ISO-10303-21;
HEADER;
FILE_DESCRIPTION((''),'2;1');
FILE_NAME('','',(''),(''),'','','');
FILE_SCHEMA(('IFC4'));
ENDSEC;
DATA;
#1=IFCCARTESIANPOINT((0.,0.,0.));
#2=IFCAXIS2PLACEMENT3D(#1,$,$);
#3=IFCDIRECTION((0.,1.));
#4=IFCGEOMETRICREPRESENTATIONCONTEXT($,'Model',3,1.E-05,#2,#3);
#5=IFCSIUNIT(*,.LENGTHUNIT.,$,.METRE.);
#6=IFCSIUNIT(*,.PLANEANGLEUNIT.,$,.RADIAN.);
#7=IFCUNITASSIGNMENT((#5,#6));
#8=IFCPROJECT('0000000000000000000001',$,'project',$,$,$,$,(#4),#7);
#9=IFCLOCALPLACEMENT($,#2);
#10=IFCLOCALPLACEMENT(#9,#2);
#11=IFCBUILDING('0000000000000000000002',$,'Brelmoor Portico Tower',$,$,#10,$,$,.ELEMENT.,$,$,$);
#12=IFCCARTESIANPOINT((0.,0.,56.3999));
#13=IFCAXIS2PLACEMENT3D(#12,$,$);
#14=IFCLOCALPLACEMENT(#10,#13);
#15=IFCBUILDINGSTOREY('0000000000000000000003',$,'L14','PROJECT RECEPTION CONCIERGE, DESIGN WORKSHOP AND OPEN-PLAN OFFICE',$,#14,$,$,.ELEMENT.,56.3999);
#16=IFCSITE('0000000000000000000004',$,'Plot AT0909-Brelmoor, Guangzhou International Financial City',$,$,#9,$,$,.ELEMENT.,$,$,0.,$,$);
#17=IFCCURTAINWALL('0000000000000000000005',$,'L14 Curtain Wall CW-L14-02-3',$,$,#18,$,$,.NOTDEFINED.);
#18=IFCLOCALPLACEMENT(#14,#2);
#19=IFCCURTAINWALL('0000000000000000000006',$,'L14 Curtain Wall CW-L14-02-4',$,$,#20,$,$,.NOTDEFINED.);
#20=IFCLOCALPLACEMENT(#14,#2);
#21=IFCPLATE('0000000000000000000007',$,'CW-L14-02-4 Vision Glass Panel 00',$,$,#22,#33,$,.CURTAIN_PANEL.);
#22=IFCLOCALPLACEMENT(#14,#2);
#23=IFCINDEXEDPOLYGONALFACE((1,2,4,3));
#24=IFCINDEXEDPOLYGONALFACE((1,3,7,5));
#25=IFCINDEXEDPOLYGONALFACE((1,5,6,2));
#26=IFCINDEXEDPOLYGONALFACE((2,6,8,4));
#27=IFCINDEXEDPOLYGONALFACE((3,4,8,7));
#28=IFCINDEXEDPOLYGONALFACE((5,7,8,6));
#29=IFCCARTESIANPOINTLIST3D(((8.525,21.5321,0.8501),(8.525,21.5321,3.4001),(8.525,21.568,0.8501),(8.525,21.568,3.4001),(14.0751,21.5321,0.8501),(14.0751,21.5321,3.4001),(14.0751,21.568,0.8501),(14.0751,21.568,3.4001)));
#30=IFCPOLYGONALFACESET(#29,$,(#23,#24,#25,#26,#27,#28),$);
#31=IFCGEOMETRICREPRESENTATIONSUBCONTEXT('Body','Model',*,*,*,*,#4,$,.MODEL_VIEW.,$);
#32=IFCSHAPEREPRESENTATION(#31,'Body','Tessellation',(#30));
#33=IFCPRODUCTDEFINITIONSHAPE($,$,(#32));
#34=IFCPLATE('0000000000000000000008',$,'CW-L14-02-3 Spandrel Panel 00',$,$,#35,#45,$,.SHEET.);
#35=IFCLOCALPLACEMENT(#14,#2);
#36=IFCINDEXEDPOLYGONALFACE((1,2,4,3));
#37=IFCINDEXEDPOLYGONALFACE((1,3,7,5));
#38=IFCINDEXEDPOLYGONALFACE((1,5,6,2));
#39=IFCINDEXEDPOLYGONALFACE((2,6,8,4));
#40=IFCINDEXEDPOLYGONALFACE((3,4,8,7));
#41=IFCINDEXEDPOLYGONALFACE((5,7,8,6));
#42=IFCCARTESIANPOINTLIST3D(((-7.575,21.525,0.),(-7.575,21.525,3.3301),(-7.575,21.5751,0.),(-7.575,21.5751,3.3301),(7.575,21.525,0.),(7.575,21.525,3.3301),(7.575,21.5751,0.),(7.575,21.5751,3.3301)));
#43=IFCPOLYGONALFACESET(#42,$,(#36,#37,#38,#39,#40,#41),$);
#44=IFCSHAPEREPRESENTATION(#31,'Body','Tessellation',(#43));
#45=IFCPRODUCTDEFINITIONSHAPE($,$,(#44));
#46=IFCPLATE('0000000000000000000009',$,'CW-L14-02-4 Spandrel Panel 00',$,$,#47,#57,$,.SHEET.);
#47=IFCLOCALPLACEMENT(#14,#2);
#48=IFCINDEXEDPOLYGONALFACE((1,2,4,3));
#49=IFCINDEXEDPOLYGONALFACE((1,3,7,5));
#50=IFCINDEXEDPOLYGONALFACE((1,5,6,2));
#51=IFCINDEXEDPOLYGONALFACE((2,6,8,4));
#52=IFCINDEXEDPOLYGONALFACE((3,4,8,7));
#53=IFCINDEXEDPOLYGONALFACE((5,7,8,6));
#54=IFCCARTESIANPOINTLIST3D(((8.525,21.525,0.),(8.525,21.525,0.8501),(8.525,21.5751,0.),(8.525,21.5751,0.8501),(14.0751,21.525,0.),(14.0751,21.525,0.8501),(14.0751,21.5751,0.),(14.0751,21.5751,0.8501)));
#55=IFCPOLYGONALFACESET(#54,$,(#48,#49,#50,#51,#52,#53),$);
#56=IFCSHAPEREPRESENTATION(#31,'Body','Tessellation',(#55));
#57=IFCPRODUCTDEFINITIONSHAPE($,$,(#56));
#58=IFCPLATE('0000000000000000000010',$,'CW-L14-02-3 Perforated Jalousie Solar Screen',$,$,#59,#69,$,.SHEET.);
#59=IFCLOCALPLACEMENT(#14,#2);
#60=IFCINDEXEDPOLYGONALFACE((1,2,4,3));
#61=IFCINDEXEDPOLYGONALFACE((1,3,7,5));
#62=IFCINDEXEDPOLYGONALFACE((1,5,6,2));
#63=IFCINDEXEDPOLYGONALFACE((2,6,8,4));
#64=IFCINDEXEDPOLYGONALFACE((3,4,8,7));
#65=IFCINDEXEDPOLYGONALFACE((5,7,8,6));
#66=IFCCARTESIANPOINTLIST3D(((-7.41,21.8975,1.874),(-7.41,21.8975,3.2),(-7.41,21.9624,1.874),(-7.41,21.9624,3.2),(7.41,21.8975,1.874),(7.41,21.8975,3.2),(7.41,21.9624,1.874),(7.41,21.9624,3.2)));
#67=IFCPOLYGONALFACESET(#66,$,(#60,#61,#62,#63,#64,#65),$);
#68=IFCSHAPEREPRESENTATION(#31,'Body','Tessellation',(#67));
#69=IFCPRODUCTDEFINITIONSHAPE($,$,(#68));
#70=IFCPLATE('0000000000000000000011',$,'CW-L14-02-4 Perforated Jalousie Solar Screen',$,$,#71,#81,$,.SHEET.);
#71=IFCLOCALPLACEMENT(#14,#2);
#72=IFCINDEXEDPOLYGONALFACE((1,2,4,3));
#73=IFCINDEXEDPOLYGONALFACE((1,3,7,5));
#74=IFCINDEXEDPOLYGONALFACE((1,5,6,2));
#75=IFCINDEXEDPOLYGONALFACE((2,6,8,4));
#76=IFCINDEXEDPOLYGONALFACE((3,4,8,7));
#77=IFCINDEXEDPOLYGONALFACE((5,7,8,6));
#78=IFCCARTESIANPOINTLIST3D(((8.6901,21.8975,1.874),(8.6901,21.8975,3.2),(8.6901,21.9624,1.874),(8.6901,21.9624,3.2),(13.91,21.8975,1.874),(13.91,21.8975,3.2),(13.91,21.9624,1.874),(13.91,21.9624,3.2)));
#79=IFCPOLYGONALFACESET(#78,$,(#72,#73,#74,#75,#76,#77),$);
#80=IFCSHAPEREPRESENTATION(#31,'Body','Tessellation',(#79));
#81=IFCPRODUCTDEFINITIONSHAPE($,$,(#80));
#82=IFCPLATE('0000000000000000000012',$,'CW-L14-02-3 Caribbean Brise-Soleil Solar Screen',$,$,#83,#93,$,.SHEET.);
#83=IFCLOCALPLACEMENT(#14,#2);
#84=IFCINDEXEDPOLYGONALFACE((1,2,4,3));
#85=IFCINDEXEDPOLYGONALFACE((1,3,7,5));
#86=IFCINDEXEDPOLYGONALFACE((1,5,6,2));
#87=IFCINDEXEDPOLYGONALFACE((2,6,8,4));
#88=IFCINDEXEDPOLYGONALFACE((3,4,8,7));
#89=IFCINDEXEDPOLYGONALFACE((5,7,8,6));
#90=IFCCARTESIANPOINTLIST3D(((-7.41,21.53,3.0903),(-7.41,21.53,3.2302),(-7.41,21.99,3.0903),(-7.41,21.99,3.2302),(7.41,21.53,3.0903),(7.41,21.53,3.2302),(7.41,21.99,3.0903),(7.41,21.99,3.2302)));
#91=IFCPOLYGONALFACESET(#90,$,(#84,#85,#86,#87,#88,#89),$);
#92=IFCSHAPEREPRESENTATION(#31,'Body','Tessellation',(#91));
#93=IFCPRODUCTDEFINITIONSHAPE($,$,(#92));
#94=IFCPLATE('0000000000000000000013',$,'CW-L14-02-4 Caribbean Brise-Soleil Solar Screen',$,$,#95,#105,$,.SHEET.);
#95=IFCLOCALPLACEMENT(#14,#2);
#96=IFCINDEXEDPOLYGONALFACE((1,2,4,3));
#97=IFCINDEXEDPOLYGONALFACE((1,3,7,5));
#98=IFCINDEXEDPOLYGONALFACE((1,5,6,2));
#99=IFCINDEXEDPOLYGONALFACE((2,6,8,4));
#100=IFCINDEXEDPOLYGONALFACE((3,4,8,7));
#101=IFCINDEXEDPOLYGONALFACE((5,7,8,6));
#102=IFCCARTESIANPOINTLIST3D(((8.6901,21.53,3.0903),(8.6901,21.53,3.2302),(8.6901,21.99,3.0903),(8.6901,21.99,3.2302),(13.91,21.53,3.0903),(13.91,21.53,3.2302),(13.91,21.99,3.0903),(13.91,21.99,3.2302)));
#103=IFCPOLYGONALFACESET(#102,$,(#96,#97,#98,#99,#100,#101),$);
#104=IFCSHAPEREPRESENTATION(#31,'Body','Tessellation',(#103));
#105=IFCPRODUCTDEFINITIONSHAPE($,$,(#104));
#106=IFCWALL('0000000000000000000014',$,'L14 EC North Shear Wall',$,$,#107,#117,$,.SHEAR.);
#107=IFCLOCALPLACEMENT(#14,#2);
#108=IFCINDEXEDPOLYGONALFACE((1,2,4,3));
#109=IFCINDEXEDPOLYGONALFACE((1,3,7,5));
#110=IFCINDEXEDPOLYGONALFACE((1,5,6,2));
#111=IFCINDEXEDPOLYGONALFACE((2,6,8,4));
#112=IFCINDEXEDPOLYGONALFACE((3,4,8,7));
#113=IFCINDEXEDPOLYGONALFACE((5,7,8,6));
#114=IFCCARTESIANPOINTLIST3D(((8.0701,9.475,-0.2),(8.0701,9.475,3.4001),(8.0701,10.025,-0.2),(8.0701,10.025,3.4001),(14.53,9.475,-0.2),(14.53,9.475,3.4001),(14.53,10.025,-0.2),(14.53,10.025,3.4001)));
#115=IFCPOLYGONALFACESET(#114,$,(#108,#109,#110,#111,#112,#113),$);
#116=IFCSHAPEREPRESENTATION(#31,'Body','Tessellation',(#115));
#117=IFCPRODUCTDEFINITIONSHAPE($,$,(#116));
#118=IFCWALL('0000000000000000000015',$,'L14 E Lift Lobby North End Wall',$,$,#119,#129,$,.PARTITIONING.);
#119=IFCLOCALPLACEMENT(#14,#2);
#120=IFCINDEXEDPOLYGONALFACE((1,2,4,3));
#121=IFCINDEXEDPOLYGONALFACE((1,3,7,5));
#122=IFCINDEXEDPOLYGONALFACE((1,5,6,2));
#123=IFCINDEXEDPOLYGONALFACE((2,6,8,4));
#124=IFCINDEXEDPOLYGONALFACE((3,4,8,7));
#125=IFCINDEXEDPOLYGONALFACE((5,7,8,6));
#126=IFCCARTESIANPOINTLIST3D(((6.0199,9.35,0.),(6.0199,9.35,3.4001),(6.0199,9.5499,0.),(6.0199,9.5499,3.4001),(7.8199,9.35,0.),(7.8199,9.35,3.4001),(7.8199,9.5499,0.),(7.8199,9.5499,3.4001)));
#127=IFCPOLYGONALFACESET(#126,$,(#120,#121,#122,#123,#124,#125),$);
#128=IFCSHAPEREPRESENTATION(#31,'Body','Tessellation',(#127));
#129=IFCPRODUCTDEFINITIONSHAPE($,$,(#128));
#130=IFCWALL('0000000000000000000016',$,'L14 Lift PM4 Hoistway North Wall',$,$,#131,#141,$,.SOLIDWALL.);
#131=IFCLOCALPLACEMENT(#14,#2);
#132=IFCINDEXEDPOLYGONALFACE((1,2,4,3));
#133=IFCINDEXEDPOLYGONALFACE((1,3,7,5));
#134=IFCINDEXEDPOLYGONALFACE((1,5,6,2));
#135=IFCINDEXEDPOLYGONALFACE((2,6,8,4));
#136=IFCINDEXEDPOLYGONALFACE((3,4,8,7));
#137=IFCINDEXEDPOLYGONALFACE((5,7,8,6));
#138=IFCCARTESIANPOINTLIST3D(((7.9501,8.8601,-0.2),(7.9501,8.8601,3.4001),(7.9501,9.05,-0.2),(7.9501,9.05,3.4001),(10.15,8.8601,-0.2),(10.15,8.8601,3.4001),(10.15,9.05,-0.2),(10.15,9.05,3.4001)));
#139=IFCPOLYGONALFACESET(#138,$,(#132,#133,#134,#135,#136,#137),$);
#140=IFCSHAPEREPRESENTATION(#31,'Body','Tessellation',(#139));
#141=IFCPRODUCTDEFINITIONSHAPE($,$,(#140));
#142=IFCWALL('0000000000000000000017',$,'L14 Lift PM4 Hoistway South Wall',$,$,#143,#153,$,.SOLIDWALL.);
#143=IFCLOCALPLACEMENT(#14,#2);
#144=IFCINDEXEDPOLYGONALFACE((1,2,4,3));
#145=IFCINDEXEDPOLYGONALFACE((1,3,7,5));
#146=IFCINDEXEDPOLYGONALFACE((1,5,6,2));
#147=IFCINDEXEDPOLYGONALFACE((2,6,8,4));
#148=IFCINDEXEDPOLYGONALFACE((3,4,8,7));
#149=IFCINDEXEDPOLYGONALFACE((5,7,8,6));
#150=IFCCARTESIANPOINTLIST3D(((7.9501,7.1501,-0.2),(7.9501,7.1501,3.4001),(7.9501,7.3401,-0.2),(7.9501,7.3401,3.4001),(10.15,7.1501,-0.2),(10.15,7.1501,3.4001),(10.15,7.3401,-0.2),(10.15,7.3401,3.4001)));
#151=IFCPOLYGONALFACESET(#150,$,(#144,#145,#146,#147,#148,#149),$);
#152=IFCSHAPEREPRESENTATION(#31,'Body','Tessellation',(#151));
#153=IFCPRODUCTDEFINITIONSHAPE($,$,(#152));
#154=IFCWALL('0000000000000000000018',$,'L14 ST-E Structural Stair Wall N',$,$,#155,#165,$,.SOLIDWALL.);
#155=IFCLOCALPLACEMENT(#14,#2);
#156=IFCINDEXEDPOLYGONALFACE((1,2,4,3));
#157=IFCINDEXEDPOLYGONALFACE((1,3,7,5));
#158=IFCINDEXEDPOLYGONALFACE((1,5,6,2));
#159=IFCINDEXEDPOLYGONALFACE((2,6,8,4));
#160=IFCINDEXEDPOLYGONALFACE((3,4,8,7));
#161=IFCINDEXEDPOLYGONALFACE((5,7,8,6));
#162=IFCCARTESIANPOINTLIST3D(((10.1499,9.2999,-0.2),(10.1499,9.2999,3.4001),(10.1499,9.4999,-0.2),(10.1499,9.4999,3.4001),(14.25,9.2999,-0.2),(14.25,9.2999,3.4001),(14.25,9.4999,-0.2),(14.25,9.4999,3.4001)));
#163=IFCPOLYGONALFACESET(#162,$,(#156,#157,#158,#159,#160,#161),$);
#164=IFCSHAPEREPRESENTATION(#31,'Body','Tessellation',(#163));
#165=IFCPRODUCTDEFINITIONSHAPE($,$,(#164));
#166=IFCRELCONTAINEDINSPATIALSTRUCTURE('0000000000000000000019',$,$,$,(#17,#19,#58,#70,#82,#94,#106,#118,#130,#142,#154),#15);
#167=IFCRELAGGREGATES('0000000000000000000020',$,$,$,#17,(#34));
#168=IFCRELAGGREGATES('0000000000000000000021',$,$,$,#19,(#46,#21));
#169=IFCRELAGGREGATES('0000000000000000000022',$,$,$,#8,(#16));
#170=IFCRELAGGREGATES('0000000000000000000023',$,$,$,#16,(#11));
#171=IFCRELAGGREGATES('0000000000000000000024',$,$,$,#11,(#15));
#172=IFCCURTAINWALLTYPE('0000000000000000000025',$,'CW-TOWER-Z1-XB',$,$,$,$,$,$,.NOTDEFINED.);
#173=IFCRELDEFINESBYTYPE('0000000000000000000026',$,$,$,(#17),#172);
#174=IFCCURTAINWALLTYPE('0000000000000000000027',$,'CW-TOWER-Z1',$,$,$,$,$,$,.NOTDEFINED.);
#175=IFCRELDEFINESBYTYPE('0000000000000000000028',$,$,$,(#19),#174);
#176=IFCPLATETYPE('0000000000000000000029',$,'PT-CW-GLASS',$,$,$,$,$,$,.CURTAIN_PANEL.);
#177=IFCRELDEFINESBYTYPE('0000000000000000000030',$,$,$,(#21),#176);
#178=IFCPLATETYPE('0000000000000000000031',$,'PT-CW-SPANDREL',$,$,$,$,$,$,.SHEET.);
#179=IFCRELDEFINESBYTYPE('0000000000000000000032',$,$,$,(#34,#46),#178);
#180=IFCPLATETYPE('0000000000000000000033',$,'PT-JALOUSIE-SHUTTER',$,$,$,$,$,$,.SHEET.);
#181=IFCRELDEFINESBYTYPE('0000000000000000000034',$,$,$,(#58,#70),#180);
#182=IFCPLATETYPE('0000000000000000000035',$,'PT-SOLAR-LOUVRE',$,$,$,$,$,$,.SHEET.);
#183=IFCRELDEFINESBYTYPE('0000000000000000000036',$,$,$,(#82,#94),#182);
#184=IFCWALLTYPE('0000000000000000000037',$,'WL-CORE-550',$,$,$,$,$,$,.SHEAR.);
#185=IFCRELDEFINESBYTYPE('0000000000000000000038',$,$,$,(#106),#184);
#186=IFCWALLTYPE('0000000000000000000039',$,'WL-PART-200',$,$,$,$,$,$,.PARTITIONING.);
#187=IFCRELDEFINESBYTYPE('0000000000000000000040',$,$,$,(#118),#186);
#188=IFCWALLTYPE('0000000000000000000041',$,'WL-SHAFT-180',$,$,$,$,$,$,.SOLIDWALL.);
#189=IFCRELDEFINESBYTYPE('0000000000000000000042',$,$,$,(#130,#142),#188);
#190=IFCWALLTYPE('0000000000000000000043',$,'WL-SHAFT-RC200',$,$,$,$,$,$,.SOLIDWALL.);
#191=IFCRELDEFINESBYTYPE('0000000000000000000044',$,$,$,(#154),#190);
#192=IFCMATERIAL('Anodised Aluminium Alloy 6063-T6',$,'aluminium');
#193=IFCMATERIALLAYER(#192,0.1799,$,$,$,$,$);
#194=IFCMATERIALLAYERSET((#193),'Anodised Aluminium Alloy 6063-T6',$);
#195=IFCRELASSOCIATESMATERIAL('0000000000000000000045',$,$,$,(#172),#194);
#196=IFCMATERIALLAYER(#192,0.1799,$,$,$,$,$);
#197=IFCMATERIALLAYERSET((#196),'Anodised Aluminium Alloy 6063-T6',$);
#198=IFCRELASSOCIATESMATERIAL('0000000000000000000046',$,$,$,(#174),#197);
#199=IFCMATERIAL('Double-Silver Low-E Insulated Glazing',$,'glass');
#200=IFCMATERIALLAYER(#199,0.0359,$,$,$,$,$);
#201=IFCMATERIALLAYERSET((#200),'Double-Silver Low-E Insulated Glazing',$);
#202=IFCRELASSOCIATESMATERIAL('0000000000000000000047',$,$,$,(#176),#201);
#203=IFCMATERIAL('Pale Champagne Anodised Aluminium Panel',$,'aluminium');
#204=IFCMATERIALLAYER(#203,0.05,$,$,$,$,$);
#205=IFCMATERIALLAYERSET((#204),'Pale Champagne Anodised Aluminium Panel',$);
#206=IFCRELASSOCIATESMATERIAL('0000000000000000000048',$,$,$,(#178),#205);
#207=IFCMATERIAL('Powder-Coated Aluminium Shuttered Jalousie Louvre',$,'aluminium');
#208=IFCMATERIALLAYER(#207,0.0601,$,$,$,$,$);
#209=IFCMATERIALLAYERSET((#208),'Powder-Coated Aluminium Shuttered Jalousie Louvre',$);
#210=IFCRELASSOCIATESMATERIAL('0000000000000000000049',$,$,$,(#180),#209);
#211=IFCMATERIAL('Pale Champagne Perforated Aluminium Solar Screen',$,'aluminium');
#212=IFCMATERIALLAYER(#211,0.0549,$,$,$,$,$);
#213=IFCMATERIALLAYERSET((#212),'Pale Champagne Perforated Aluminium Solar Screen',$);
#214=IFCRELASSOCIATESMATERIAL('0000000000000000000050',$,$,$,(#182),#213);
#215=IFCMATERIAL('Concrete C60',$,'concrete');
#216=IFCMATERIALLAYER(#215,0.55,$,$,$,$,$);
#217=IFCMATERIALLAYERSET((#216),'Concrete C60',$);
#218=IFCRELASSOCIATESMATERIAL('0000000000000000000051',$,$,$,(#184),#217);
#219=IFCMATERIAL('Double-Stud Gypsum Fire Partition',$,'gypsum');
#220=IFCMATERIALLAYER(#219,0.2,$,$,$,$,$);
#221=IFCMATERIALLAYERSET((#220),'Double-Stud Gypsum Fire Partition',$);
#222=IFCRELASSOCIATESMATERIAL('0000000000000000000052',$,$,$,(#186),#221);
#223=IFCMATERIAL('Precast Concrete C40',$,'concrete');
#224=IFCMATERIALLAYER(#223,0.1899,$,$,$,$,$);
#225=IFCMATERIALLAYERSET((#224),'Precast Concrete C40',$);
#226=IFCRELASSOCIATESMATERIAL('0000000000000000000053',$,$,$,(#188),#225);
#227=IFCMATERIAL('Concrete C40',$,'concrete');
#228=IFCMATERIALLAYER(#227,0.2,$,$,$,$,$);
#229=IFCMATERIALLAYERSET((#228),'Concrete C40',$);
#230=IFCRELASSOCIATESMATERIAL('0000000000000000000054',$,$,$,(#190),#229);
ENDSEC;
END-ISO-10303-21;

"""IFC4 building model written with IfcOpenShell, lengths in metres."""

from ifc_helpers import new_model, si_unit, direction, frame, frame_2d, origin, origin_2d, place, context, subcontext, project, spatial, rectangle, extrude, material, layer, layer_set, type_object, element, aggregate, save


model = new_model("IFC4")

# Units and contexts
model_context = context("Model", 3, precision=1e-05, world=origin(), true_north=direction((0.0, 1.0)))
body_context = subcontext(model_context, "Body", "Model", "MODEL_VIEW")
ifc_project = project(units=[si_unit("LENGTHUNIT", "METRE"), si_unit("PLANEANGLEUNIT", "RADIAN")], contexts=[model_context])

# Site, building, storey
site_placement = place(None, origin())
site = spatial("IfcSite", under=ifc_project, at=site_placement, Name="Plot AT0909-Brelmoor, Guangzhou International Financial City", CompositionType="ELEMENT", RefElevation=0.0)
building_placement = place(site_placement, origin())
building = spatial("IfcBuilding", under=site, at=building_placement, Name="Brelmoor Portico Tower", CompositionType="ELEMENT")
storey_placement = place(building_placement, frame((0.0, 0.0, 56.3999)))
storey = spatial("IfcBuildingStorey", under=building, at=storey_placement, Name="L14", Description="PROJECT RECEPTION CONCIERGE, DESIGN WORKSHOP AND OPEN-PLAN OFFICE", CompositionType="ELEMENT", Elevation=56.3999)

# Curtain wall
ifc_material_1 = material(Name="Anodised Aluminium Alloy 6063-T6", Category="aluminium")
ifc_layer_1 = layer(ifc_material_1, 0.1799)
ifc_layer_set_1 = layer_set([ifc_layer_1], Name="Anodised Aluminium Alloy 6063-T6")
curtain_wall_type_1 = type_object("IfcCurtainWallType", Name="CW-TOWER-Z1-XB", PredefinedType="NOTDEFINED", material=ifc_layer_set_1)
curtain_wall_1_placement = place(storey_placement, origin())
curtain_wall_1 = element("IfcCurtainWall", 1, at=curtain_wall_1_placement, inside=storey, type_object=curtain_wall_type_1, Name="L14 Curtain Wall CW-L14-02-3", PredefinedType="NOTDEFINED")

# Curtain wall
ifc_layer_2 = layer(ifc_material_1, 0.1799)
ifc_layer_set_2 = layer_set([ifc_layer_2], Name="Anodised Aluminium Alloy 6063-T6")
curtain_wall_type_2 = type_object("IfcCurtainWallType", Name="CW-TOWER-Z1", PredefinedType="NOTDEFINED", material=ifc_layer_set_2)
curtain_wall_2_placement = place(storey_placement, origin())
curtain_wall_2 = element("IfcCurtainWall", 2, at=curtain_wall_2_placement, inside=storey, type_object=curtain_wall_type_2, Name="L14 Curtain Wall CW-L14-02-4", PredefinedType="NOTDEFINED")

# Plates
ifc_material_2 = material(Name="Double-Silver Low-E Insulated Glazing", Category="glass")
ifc_layer_3 = layer(ifc_material_2, 0.0359)
ifc_layer_set_3 = layer_set([ifc_layer_3], Name="Double-Silver Low-E Insulated Glazing")
plate_type_1 = type_object("IfcPlateType", Name="PT-CW-GLASS", PredefinedType="CURTAIN_PANEL", material=ifc_layer_set_3)
plate_1_placement = place(storey_placement, frame((11.3, 21.55, 0.8501), z_axis=(0.0, 0.0, 1.0), x_axis=(1.0, 0.0, 0.0)))
plate_1 = element("IfcPlate", 3, at=plate_1_placement, type_object=plate_type_1, Name="CW-L14-02-4 Vision Glass Panel 00", PredefinedType="CURTAIN_PANEL", context=body_context, shape_type="SweptSolid", body=[
    extrude(rectangle(XDim=5.55, YDim=0.0359, at=origin_2d()), origin(), (0.0, 0.0, 1.0), 2.55),
])
ifc_material_3 = material(Name="Pale Champagne Anodised Aluminium Panel", Category="aluminium")
ifc_layer_4 = layer(ifc_material_3, 0.05)
ifc_layer_set_4 = layer_set([ifc_layer_4], Name="Pale Champagne Anodised Aluminium Panel")
plate_type_2 = type_object("IfcPlateType", Name="PT-CW-SPANDREL", PredefinedType="SHEET", material=ifc_layer_set_4)
plate_2_placement = place(storey_placement, frame((0.0, 21.55, 0.0), z_axis=(0.0, 0.0, 1.0), x_axis=(1.0, 0.0, 0.0)))
plate_2 = element("IfcPlate", 4, at=plate_2_placement, type_object=plate_type_2, Name="CW-L14-02-3 Spandrel Panel 00", PredefinedType="SHEET", context=body_context, shape_type="SweptSolid", body=[
    extrude(rectangle(XDim=15.1499, YDim=0.05, at=origin_2d()), origin(), (0.0, 0.0, 1.0), 3.3301),
])
aggregate(curtain_wall_1, [plate_2])
plate_3_placement = place(storey_placement, frame((11.3, 21.55, 0.0), z_axis=(0.0, 0.0, 1.0), x_axis=(1.0, 0.0, 0.0)))
plate_3 = element("IfcPlate", 5, at=plate_3_placement, type_object=plate_type_2, Name="CW-L14-02-4 Spandrel Panel 00", PredefinedType="SHEET", context=body_context, shape_type="SweptSolid", body=[
    extrude(rectangle(XDim=5.55, YDim=0.05, at=origin_2d()), origin(), (0.0, 0.0, 1.0), 0.8501),
])
aggregate(curtain_wall_2, [plate_3, plate_1])

# Plates
ifc_material_4 = material(Name="Powder-Coated Aluminium Shuttered Jalousie Louvre", Category="aluminium")
ifc_layer_5 = layer(ifc_material_4, 0.0601)
ifc_layer_set_5 = layer_set([ifc_layer_5], Name="Powder-Coated Aluminium Shuttered Jalousie Louvre")
plate_type_3 = type_object("IfcPlateType", Name="PT-JALOUSIE-SHUTTER", PredefinedType="SHEET", material=ifc_layer_set_5)
plate_4_placement = place(storey_placement, frame((0.0, 21.9299, 1.874), z_axis=(0.0, 0.0, 1.0), x_axis=(1.0, 0.0, 0.0)))
element("IfcPlate", 6, at=plate_4_placement, inside=storey, type_object=plate_type_3, Name="CW-L14-02-3 Perforated Jalousie Solar Screen", PredefinedType="SHEET", context=body_context, shape_type="SweptSolid", body=[
    extrude(rectangle(XDim=14.8201, YDim=0.0649, at=origin_2d()), origin(), (0.0, 0.0, 1.0), 1.3259),
])
plate_5_placement = place(storey_placement, frame((11.3, 21.9299, 1.874), z_axis=(0.0, 0.0, 1.0), x_axis=(1.0, 0.0, 0.0)))
element("IfcPlate", 7, at=plate_5_placement, inside=storey, type_object=plate_type_3, Name="CW-L14-02-4 Perforated Jalousie Solar Screen", PredefinedType="SHEET", context=body_context, shape_type="SweptSolid", body=[
    extrude(rectangle(XDim=5.22, YDim=0.0649, at=origin_2d()), origin(), (0.0, 0.0, 1.0), 1.3259),
])
ifc_material_5 = material(Name="Pale Champagne Perforated Aluminium Solar Screen", Category="aluminium")
ifc_layer_6 = layer(ifc_material_5, 0.0549)
ifc_layer_set_6 = layer_set([ifc_layer_6], Name="Pale Champagne Perforated Aluminium Solar Screen")
plate_type_4 = type_object("IfcPlateType", Name="PT-SOLAR-LOUVRE", PredefinedType="SHEET", material=ifc_layer_set_6)
plate_6_placement = place(storey_placement, frame((0.0, 21.76, 3.0903), z_axis=(0.0, 0.0, 1.0), x_axis=(1.0, 0.0, 0.0)))
element("IfcPlate", 8, at=plate_6_placement, inside=storey, type_object=plate_type_4, Name="CW-L14-02-3 Caribbean Brise-Soleil Solar Screen", PredefinedType="SHEET", context=body_context, shape_type="SweptSolid", body=[
    extrude(rectangle(XDim=14.8201, YDim=0.46, at=origin_2d()), origin(), (0.0, 0.0, 1.0), 0.1399),
])
plate_7_placement = place(storey_placement, frame((11.3, 21.76, 3.0903), z_axis=(0.0, 0.0, 1.0), x_axis=(1.0, 0.0, 0.0)))
element("IfcPlate", 9, at=plate_7_placement, inside=storey, type_object=plate_type_4, Name="CW-L14-02-4 Caribbean Brise-Soleil Solar Screen", PredefinedType="SHEET", context=body_context, shape_type="SweptSolid", body=[
    extrude(rectangle(XDim=5.22, YDim=0.46, at=origin_2d()), origin(), (0.0, 0.0, 1.0), 0.1399),
])

# Walls
ifc_material_6 = material(Name="Concrete C60", Category="concrete")
ifc_layer_7 = layer(ifc_material_6, 0.55)
ifc_layer_set_7 = layer_set([ifc_layer_7], Name="Concrete C60")
wall_type_1 = type_object("IfcWallType", Name="WL-CORE-550", PredefinedType="SHEAR", material=ifc_layer_set_7)
wall_1_placement = place(storey_placement, frame((8.0701, 9.75, -0.2), z_axis=(0.0, 0.0, 1.0), x_axis=(1.0, 0.0, 0.0)))
element("IfcWall", 10, at=wall_1_placement, inside=storey, type_object=wall_type_1, Name="L14 EC North Shear Wall", PredefinedType="SHEAR", context=body_context, shape_type="SweptSolid", body=[
    extrude(rectangle(XDim=6.46, YDim=0.55, at=frame_2d((3.23, 0.0))), origin(), (0.0, 0.0, 1.0), 3.6001),
])
ifc_material_7 = material(Name="Double-Stud Gypsum Fire Partition", Category="gypsum")
ifc_layer_8 = layer(ifc_material_7, 0.2)
ifc_layer_set_8 = layer_set([ifc_layer_8], Name="Double-Stud Gypsum Fire Partition")
wall_type_2 = type_object("IfcWallType", Name="WL-PART-200", PredefinedType="PARTITIONING", material=ifc_layer_set_8)
wall_2_placement = place(storey_placement, frame((6.02, 9.45, 0.0), z_axis=(0.0, 0.0, 1.0), x_axis=(1.0, 0.0, 0.0)))
element("IfcWall", 11, at=wall_2_placement, inside=storey, type_object=wall_type_2, Name="L14 E Lift Lobby North End Wall", PredefinedType="PARTITIONING", context=body_context, shape_type="SweptSolid", body=[
    extrude(rectangle(XDim=1.8, YDim=0.2, at=frame_2d((0.8999, 0.0))), origin(), (0.0, 0.0, 1.0), 3.4001),
])
ifc_material_8 = material(Name="Precast Concrete C40", Category="concrete")
ifc_layer_9 = layer(ifc_material_8, 0.1899)
ifc_layer_set_9 = layer_set([ifc_layer_9], Name="Precast Concrete C40")
wall_type_3 = type_object("IfcWallType", Name="WL-SHAFT-180", PredefinedType="SOLIDWALL", material=ifc_layer_set_9)
for number, where, z_axis, x_axis, name in (
    (12, (7.95, 8.9551, -0.2), (0.0, 0.0, 1.0), (1.0, 0.0, 0.0), "L14 Lift PM4 Hoistway North Wall"),
    (13, (7.95, 7.2451, -0.2), (0.0, 0.0, 1.0), (1.0, 0.0, 0.0), "L14 Lift PM4 Hoistway South Wall"),
):
    element("IfcWall", number, at=place(storey_placement, frame(where, z_axis=z_axis, x_axis=x_axis)), inside=storey, type_object=wall_type_3, Name=name, PredefinedType="SOLIDWALL", context=body_context, shape_type="SweptSolid", body=[
        extrude(rectangle(XDim=2.2, YDim=0.1899, at=frame_2d((1.1001, 0.0))), origin(), (0.0, 0.0, 1.0), 3.6001),
    ])
ifc_material_9 = material(Name="Concrete C40", Category="concrete")
ifc_layer_10 = layer(ifc_material_9, 0.2)
ifc_layer_set_10 = layer_set([ifc_layer_10], Name="Concrete C40")
wall_type_4 = type_object("IfcWallType", Name="WL-SHAFT-RC200", PredefinedType="SOLIDWALL", material=ifc_layer_set_10)
wall_3_placement = place(storey_placement, frame((10.1499, 9.3999, -0.2), z_axis=(0.0, 0.0, 1.0), x_axis=(1.0, 0.0, 0.0)))
element("IfcWall", 14, at=wall_3_placement, inside=storey, type_object=wall_type_4, Name="L14 ST-E Structural Stair Wall N", PredefinedType="SOLIDWALL", context=body_context, shape_type="SweptSolid", body=[
    extrude(rectangle(XDim=4.1001, YDim=0.2, at=frame_2d((2.05, 0.0))), origin(), (0.0, 0.0, 1.0), 3.6001),
])

save(model, "model.ifc")
